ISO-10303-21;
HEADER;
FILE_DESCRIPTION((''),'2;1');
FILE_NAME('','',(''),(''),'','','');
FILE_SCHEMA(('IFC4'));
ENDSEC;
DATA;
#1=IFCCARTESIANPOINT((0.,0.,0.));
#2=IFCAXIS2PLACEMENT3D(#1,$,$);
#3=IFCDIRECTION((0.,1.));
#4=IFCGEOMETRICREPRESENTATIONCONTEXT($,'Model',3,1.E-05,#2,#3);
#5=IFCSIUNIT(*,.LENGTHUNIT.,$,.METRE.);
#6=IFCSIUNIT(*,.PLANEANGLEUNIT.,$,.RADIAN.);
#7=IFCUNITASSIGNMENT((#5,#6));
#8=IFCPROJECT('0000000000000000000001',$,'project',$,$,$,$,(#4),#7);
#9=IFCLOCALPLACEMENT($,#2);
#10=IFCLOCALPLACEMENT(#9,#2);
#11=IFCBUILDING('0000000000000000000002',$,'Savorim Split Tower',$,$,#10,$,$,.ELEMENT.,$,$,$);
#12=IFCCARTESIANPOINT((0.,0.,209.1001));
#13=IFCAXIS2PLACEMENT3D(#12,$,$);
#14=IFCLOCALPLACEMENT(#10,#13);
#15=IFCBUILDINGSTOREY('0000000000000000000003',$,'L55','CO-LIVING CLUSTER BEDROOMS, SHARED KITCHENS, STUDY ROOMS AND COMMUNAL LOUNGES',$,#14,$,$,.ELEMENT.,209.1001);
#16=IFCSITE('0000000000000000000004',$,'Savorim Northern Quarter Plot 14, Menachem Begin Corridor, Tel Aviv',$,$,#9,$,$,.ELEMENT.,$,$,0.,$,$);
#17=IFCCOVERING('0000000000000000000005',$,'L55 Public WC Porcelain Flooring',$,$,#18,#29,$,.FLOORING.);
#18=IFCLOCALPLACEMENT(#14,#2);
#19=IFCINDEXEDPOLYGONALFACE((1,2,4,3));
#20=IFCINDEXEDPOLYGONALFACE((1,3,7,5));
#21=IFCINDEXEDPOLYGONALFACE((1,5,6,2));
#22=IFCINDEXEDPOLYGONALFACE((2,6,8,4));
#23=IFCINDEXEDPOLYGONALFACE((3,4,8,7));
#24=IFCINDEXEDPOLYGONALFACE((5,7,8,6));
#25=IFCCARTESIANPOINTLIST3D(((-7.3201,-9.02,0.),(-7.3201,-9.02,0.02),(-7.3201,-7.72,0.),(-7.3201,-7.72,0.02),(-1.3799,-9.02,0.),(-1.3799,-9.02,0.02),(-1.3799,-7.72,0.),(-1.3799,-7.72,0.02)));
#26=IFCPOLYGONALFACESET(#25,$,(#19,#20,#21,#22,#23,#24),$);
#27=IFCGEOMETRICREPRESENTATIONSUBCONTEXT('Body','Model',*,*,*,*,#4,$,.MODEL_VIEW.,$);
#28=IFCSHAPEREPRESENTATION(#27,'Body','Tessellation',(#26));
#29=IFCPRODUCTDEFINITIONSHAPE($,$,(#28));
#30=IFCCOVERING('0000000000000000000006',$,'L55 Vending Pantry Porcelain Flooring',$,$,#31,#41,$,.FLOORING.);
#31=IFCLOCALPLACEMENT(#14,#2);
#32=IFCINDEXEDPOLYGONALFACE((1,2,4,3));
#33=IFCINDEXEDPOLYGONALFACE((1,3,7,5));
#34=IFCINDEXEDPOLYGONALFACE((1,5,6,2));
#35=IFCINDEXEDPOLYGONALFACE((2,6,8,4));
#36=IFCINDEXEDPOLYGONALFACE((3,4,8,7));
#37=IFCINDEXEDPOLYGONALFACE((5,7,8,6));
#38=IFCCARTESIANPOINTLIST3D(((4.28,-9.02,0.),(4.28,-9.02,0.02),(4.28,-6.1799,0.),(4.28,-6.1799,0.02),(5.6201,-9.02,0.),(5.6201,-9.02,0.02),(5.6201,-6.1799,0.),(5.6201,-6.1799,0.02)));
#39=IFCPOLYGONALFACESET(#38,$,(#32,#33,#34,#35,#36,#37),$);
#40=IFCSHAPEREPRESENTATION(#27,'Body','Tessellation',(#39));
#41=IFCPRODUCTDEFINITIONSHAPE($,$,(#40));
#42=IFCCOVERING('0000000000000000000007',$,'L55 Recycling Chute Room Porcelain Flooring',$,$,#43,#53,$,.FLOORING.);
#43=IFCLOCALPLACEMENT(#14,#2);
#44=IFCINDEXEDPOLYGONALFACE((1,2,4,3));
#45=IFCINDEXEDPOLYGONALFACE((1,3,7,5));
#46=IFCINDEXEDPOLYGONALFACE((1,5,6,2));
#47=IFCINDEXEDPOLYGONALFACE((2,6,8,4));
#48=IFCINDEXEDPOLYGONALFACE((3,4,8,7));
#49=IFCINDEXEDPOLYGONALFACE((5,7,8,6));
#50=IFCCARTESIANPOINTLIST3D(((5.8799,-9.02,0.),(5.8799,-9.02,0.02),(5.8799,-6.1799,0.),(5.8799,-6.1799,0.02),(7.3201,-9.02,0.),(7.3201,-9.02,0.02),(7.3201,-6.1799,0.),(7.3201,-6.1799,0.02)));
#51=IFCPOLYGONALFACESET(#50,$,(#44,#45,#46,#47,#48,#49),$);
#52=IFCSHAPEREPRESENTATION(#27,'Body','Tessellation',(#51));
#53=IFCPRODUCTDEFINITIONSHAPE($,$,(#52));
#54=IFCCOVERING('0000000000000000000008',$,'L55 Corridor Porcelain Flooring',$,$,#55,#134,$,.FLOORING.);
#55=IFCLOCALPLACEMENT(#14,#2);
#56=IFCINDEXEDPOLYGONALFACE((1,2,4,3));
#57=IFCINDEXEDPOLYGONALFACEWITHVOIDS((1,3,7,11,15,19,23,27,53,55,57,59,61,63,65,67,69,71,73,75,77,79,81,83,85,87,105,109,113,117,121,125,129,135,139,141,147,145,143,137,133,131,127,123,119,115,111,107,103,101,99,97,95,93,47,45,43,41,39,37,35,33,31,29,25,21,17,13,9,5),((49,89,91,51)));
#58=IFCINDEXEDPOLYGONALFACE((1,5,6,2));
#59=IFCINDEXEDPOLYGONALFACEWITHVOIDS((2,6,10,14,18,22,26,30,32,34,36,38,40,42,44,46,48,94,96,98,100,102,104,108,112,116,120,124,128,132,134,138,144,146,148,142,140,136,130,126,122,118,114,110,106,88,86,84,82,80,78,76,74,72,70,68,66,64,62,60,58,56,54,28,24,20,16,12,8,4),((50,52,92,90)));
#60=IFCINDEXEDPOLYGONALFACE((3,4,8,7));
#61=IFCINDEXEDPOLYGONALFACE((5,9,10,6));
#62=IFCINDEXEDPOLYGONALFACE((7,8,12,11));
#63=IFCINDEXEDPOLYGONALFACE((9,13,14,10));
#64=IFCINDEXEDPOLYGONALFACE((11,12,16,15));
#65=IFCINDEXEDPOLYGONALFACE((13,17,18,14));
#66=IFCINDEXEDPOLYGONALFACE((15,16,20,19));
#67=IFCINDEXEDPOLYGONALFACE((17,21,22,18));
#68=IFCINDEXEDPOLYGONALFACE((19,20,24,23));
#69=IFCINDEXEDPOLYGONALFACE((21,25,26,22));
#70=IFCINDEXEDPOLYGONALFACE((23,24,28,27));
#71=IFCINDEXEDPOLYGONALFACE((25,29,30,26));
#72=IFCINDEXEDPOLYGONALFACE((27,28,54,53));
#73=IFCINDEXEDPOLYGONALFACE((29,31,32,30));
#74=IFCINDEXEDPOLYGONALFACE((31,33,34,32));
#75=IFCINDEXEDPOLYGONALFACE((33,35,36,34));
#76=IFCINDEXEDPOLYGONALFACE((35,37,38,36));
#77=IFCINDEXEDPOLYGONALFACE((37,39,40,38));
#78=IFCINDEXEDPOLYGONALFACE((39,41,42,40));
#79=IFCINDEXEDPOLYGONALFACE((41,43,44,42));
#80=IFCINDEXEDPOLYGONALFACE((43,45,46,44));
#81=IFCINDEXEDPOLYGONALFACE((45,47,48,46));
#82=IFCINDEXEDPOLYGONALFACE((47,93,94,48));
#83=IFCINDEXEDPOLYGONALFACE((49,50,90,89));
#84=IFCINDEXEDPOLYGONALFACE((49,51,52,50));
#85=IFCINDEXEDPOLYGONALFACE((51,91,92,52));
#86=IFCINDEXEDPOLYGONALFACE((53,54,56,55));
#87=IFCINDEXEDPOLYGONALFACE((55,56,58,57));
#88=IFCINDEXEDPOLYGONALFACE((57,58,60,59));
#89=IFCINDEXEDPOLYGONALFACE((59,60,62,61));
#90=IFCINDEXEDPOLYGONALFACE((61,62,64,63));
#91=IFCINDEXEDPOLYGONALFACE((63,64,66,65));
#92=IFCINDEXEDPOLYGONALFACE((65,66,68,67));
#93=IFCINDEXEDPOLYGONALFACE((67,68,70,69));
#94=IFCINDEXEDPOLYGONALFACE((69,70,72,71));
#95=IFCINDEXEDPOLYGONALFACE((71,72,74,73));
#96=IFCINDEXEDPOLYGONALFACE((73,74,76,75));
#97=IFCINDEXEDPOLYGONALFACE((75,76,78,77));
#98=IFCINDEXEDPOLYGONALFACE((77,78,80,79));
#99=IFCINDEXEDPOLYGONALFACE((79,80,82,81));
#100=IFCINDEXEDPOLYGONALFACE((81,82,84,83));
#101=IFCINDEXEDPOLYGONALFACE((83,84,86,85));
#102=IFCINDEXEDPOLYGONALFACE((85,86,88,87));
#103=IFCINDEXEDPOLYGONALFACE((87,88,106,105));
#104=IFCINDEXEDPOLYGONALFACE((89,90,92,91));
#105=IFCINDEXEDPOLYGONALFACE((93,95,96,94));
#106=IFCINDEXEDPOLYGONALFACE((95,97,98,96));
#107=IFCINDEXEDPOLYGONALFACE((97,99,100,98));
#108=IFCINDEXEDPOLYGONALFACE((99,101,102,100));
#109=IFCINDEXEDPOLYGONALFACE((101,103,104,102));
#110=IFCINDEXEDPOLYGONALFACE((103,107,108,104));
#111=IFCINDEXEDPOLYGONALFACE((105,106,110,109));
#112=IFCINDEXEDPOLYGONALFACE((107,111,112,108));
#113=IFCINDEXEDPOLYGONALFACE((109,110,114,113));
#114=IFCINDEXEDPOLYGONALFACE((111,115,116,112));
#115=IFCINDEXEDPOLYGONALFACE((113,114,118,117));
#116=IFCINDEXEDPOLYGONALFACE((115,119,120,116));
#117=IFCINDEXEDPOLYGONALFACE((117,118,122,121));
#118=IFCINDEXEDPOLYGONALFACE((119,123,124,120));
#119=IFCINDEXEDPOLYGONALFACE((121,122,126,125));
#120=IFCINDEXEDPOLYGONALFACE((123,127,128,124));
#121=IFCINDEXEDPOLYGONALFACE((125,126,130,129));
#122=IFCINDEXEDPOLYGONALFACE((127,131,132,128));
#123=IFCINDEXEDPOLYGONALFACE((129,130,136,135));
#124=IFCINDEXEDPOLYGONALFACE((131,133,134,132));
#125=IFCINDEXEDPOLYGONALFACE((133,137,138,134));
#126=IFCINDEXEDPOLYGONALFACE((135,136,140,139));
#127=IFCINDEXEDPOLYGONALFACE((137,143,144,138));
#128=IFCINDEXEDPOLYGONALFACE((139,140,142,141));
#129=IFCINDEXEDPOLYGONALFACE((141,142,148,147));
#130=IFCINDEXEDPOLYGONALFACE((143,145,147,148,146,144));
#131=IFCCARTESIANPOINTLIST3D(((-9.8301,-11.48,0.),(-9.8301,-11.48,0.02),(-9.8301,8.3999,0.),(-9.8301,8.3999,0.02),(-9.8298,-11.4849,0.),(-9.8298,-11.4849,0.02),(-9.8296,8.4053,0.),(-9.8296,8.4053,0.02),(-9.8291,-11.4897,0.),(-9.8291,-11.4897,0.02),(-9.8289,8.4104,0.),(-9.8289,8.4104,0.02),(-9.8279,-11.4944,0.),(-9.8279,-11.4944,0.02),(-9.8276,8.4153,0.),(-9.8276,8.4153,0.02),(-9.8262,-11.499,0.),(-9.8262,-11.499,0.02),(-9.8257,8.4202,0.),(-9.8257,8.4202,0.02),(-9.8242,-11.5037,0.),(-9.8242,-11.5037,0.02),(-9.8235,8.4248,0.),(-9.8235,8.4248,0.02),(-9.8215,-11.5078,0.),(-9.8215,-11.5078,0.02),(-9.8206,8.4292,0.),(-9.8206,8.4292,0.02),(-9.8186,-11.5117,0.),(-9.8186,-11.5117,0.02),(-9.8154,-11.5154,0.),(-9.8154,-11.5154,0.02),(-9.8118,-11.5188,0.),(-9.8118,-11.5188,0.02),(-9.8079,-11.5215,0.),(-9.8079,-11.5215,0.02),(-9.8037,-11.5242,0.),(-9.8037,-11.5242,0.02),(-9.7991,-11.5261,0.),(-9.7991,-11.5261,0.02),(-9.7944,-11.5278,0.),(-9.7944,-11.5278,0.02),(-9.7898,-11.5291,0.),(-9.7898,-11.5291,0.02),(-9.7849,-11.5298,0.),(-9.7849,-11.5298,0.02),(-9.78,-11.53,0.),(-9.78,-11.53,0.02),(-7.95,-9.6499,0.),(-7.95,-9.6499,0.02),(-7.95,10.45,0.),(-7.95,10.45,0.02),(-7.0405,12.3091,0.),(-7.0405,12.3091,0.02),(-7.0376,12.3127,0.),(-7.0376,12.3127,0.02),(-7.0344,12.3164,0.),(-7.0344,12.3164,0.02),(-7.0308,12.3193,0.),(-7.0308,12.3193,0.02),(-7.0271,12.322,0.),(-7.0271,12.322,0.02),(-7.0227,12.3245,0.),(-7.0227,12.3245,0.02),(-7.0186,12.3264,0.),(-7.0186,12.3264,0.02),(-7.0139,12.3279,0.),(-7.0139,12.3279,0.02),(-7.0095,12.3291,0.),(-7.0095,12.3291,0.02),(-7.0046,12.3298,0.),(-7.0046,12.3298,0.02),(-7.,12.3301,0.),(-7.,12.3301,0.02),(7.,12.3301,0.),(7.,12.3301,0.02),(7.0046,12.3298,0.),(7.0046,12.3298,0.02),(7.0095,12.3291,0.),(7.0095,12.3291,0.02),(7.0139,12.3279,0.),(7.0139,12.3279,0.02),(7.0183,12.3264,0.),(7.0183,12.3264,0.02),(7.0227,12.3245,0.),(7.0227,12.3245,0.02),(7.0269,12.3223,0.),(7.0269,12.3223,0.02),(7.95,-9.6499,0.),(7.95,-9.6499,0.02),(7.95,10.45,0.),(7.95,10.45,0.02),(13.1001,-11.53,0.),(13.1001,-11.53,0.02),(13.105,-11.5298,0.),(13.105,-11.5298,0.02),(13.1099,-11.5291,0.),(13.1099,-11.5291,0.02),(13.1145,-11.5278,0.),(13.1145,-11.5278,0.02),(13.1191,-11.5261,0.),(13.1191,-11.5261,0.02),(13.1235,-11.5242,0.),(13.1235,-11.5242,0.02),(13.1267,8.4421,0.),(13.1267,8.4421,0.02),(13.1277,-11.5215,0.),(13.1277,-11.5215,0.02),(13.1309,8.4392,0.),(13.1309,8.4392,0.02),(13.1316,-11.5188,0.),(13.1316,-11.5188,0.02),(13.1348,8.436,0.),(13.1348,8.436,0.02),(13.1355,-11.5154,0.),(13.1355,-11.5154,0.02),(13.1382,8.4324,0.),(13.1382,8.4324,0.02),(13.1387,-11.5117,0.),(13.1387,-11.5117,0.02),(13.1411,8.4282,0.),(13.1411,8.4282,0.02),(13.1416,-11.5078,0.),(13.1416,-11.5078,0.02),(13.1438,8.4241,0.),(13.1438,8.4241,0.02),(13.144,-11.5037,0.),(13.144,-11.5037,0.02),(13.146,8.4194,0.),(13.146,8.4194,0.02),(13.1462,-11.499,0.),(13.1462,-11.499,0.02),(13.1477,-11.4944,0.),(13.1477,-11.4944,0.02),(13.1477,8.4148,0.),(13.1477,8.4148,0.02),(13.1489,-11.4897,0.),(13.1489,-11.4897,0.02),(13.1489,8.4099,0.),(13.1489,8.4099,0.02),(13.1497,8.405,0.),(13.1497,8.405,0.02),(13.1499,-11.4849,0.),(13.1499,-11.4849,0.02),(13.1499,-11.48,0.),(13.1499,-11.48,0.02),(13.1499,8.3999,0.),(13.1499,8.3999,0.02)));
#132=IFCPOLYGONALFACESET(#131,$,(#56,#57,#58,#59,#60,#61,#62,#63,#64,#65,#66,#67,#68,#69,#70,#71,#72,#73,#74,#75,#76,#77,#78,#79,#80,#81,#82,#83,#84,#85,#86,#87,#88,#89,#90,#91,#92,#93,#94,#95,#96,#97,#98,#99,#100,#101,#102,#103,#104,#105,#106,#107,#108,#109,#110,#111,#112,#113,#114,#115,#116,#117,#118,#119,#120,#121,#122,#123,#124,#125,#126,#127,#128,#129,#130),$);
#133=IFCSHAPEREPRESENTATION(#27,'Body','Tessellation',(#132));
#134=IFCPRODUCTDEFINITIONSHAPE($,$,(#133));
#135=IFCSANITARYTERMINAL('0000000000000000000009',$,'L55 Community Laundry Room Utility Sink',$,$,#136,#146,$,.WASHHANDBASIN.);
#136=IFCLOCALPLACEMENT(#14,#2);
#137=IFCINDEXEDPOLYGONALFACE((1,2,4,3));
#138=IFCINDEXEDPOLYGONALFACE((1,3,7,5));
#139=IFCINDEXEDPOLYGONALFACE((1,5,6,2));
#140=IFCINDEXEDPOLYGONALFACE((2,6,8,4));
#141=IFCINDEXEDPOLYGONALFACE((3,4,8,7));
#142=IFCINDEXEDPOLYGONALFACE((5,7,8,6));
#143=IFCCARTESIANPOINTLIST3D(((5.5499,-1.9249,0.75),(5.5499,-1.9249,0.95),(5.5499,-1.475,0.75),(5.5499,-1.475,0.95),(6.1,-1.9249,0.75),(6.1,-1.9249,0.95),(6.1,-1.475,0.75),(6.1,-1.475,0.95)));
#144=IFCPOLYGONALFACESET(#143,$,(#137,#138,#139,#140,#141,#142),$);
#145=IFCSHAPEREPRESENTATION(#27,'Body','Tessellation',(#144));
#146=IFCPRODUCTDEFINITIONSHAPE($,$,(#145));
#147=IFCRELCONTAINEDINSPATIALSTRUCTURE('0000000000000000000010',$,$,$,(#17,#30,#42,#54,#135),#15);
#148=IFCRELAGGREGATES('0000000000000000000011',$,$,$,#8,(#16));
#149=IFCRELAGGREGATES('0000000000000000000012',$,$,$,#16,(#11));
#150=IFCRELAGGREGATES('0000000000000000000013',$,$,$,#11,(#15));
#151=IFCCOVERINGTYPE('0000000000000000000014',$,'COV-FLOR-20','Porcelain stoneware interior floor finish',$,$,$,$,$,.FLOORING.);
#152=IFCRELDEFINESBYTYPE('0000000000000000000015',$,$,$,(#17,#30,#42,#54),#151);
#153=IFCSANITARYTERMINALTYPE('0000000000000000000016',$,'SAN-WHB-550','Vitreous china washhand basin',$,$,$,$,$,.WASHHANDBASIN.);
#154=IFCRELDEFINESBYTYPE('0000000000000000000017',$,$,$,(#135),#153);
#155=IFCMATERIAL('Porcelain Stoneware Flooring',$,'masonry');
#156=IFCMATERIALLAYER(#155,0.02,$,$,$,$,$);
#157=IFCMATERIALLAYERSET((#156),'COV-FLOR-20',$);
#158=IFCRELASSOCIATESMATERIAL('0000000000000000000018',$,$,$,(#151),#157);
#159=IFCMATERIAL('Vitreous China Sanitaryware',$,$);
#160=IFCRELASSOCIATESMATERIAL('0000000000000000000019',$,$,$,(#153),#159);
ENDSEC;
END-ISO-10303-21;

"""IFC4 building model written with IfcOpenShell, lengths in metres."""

from ifc_helpers import new_model, si_unit, direction, frame, origin, origin_2d, place, context, subcontext, project, spatial, polyline, rectangle, outline, extrude, material, layer, layer_set, type_object, element, save


model = new_model("IFC4")

# Units and contexts
model_context = context("Model", 3, precision=1e-05, world=origin(), true_north=direction((0.0, 1.0)))
body_context = subcontext(model_context, "Body", "Model", "MODEL_VIEW")
ifc_project = project(units=[si_unit("LENGTHUNIT", "METRE"), si_unit("PLANEANGLEUNIT", "RADIAN")], contexts=[model_context])

# Site, building, storey
site_placement = place(None, origin())
site = spatial("IfcSite", under=ifc_project, at=site_placement, Name="Savorim Northern Quarter Plot 14, Menachem Begin Corridor, Tel Aviv", CompositionType="ELEMENT", RefElevation=0.0)
building_placement = place(site_placement, origin())
building = spatial("IfcBuilding", under=site, at=building_placement, Name="Savorim Split Tower", CompositionType="ELEMENT")
storey_placement = place(building_placement, frame((0.0, 0.0, 209.1001)))
storey = spatial("IfcBuildingStorey", under=building, at=storey_placement, Name="L55", Description="CO-LIVING CLUSTER BEDROOMS, SHARED KITCHENS, STUDY ROOMS AND COMMUNAL LOUNGES", CompositionType="ELEMENT", Elevation=209.1001)

# Coverings
ifc_material_1 = material(Name="Porcelain Stoneware Flooring", Category="masonry")
ifc_layer_1 = layer(ifc_material_1, 0.02)
ifc_layer_set_1 = layer_set([ifc_layer_1], Name="COV-FLOR-20")
covering_type_1 = type_object("IfcCoveringType", Name="COV-FLOR-20", Description="Porcelain stoneware interior floor finish", PredefinedType="FLOORING", material=ifc_layer_set_1)
covering_1_placement = place(storey_placement, origin())
element("IfcCovering", 1, at=covering_1_placement, inside=storey, type_object=covering_type_1, Name="L55 Public WC Porcelain Flooring", PredefinedType="FLOORING", context=body_context, shape_type="SweptSolid", body=[
    extrude(outline(polyline([(-7.3201, -7.72), (-7.3201, -9.02), (-1.3799, -9.02), (-1.3799, -7.72), (-7.3201, -7.72)])), origin(), (0.0, 0.0, 1.0), 0.02),
])
covering_2_placement = place(storey_placement, origin())
element("IfcCovering", 2, at=covering_2_placement, inside=storey, type_object=covering_type_1, Name="L55 Vending Pantry Porcelain Flooring", PredefinedType="FLOORING", context=body_context, shape_type="SweptSolid", body=[
    extrude(outline(polyline([(4.28, -6.1799), (4.28, -9.02), (5.6201, -9.02), (5.6201, -6.1799), (4.28, -6.1799)])), origin(), (0.0, 0.0, 1.0), 0.02),
])
covering_3_placement = place(storey_placement, origin())
element("IfcCovering", 3, at=covering_3_placement, inside=storey, type_object=covering_type_1, Name="L55 Recycling Chute Room Porcelain Flooring", PredefinedType="FLOORING", context=body_context, shape_type="SweptSolid", body=[
    extrude(outline(polyline([(5.8799, -6.1799), (5.8799, -9.02), (7.3201, -9.02), (7.3201, -6.1799), (5.8799, -6.1799)])), origin(), (0.0, 0.0, 1.0), 0.02),
])
covering_4_placement = place(storey_placement, origin())
element("IfcCovering", 4, at=covering_4_placement, inside=storey, type_object=covering_type_1, Name="L55 Corridor Porcelain Flooring", PredefinedType="FLOORING", context=body_context, shape_type="SweptSolid", body=[
    extrude(outline(polyline([(7.0095, 12.3291), (7.0046, 12.3298), (7.0, 12.3301), (-7.0, 12.3301), (-7.0046, 12.3298), (-7.0095, 12.3291), (-7.0139, 12.3279), (-7.0186, 12.3264), (-7.0227, 12.3245), (-7.0271, 12.322), (-7.0308, 12.3193), (-7.0344, 12.3164), (-7.0376, 12.3127), (-7.0405, 12.3091), (-9.8206, 8.4292), (-9.8235, 8.4248), (-9.8257, 8.4202), (-9.8276, 8.4153), (-9.8289, 8.4104), (-9.8296, 8.4053), (-9.8301, 8.3999), (-9.8301, -11.48), (-9.8298, -11.4849), (-9.8291, -11.4897), (-9.8279, -11.4944), (-9.8262, -11.499), (-9.8242, -11.5037), (-9.8215, -11.5078), (-9.8186, -11.5117), (-9.8154, -11.5154), (-9.8118, -11.5188), (-9.8079, -11.5215), (-9.8037, -11.5242), (-9.7991, -11.5261), (-9.7944, -11.5278), (-9.7898, -11.5291), (-9.7849, -11.5298), (-9.78, -11.53), (13.1001, -11.53), (13.105, -11.5298), (13.1099, -11.5291), (13.1145, -11.5278), (13.1191, -11.5261), (13.1235, -11.5242), (13.1277, -11.5215), (13.1316, -11.5188), (13.1355, -11.5154), (13.1387, -11.5117), (13.1416, -11.5078), (13.144, -11.5037), (13.1462, -11.499), (13.1477, -11.4944), (13.1489, -11.4897), (13.1499, -11.4849), (13.1499, -11.48), (13.1499, 8.3999), (13.1497, 8.405), (13.1489, 8.4099), (13.1477, 8.4148), (13.146, 8.4194), (13.1438, 8.4241), (13.1411, 8.4282), (13.1382, 8.4324), (13.1348, 8.436), (13.1309, 8.4392), (13.1267, 8.4421), (7.0269, 12.3223), (7.0227, 12.3245), (7.0183, 12.3264), (7.0139, 12.3279), (7.0095, 12.3291)]), holes=[polyline([(-7.95, 10.45), (-7.95, -9.6499), (7.95, -9.6499), (7.95, 10.45), (-7.95, 10.45)])]), origin(), (0.0, 0.0, 1.0), 0.02),
])

# Sanitary terminal
ifc_material_2 = material(Name="Vitreous China Sanitaryware")
sanitary_terminal_type = type_object("IfcSanitaryTerminalType", Name="SAN-WHB-550", Description="Vitreous china washhand basin", PredefinedType="WASHHANDBASIN", material=ifc_material_2)
sanitary_terminal_placement = place(storey_placement, frame((5.825, -1.7, 0.75), z_axis=(0.0, 0.0, 1.0), x_axis=(1.0, 0.0, 0.0)))
element("IfcSanitaryTerminal", 5, at=sanitary_terminal_placement, inside=storey, type_object=sanitary_terminal_type, Name="L55 Community Laundry Room Utility Sink", PredefinedType="WASHHANDBASIN", context=body_context, shape_type="SweptSolid", body=[
    extrude(rectangle(XDim=0.55, YDim=0.45, at=origin_2d()), origin(), (0.0, 0.0, 1.0), 0.2),
])

save(model, "model.ifc")
